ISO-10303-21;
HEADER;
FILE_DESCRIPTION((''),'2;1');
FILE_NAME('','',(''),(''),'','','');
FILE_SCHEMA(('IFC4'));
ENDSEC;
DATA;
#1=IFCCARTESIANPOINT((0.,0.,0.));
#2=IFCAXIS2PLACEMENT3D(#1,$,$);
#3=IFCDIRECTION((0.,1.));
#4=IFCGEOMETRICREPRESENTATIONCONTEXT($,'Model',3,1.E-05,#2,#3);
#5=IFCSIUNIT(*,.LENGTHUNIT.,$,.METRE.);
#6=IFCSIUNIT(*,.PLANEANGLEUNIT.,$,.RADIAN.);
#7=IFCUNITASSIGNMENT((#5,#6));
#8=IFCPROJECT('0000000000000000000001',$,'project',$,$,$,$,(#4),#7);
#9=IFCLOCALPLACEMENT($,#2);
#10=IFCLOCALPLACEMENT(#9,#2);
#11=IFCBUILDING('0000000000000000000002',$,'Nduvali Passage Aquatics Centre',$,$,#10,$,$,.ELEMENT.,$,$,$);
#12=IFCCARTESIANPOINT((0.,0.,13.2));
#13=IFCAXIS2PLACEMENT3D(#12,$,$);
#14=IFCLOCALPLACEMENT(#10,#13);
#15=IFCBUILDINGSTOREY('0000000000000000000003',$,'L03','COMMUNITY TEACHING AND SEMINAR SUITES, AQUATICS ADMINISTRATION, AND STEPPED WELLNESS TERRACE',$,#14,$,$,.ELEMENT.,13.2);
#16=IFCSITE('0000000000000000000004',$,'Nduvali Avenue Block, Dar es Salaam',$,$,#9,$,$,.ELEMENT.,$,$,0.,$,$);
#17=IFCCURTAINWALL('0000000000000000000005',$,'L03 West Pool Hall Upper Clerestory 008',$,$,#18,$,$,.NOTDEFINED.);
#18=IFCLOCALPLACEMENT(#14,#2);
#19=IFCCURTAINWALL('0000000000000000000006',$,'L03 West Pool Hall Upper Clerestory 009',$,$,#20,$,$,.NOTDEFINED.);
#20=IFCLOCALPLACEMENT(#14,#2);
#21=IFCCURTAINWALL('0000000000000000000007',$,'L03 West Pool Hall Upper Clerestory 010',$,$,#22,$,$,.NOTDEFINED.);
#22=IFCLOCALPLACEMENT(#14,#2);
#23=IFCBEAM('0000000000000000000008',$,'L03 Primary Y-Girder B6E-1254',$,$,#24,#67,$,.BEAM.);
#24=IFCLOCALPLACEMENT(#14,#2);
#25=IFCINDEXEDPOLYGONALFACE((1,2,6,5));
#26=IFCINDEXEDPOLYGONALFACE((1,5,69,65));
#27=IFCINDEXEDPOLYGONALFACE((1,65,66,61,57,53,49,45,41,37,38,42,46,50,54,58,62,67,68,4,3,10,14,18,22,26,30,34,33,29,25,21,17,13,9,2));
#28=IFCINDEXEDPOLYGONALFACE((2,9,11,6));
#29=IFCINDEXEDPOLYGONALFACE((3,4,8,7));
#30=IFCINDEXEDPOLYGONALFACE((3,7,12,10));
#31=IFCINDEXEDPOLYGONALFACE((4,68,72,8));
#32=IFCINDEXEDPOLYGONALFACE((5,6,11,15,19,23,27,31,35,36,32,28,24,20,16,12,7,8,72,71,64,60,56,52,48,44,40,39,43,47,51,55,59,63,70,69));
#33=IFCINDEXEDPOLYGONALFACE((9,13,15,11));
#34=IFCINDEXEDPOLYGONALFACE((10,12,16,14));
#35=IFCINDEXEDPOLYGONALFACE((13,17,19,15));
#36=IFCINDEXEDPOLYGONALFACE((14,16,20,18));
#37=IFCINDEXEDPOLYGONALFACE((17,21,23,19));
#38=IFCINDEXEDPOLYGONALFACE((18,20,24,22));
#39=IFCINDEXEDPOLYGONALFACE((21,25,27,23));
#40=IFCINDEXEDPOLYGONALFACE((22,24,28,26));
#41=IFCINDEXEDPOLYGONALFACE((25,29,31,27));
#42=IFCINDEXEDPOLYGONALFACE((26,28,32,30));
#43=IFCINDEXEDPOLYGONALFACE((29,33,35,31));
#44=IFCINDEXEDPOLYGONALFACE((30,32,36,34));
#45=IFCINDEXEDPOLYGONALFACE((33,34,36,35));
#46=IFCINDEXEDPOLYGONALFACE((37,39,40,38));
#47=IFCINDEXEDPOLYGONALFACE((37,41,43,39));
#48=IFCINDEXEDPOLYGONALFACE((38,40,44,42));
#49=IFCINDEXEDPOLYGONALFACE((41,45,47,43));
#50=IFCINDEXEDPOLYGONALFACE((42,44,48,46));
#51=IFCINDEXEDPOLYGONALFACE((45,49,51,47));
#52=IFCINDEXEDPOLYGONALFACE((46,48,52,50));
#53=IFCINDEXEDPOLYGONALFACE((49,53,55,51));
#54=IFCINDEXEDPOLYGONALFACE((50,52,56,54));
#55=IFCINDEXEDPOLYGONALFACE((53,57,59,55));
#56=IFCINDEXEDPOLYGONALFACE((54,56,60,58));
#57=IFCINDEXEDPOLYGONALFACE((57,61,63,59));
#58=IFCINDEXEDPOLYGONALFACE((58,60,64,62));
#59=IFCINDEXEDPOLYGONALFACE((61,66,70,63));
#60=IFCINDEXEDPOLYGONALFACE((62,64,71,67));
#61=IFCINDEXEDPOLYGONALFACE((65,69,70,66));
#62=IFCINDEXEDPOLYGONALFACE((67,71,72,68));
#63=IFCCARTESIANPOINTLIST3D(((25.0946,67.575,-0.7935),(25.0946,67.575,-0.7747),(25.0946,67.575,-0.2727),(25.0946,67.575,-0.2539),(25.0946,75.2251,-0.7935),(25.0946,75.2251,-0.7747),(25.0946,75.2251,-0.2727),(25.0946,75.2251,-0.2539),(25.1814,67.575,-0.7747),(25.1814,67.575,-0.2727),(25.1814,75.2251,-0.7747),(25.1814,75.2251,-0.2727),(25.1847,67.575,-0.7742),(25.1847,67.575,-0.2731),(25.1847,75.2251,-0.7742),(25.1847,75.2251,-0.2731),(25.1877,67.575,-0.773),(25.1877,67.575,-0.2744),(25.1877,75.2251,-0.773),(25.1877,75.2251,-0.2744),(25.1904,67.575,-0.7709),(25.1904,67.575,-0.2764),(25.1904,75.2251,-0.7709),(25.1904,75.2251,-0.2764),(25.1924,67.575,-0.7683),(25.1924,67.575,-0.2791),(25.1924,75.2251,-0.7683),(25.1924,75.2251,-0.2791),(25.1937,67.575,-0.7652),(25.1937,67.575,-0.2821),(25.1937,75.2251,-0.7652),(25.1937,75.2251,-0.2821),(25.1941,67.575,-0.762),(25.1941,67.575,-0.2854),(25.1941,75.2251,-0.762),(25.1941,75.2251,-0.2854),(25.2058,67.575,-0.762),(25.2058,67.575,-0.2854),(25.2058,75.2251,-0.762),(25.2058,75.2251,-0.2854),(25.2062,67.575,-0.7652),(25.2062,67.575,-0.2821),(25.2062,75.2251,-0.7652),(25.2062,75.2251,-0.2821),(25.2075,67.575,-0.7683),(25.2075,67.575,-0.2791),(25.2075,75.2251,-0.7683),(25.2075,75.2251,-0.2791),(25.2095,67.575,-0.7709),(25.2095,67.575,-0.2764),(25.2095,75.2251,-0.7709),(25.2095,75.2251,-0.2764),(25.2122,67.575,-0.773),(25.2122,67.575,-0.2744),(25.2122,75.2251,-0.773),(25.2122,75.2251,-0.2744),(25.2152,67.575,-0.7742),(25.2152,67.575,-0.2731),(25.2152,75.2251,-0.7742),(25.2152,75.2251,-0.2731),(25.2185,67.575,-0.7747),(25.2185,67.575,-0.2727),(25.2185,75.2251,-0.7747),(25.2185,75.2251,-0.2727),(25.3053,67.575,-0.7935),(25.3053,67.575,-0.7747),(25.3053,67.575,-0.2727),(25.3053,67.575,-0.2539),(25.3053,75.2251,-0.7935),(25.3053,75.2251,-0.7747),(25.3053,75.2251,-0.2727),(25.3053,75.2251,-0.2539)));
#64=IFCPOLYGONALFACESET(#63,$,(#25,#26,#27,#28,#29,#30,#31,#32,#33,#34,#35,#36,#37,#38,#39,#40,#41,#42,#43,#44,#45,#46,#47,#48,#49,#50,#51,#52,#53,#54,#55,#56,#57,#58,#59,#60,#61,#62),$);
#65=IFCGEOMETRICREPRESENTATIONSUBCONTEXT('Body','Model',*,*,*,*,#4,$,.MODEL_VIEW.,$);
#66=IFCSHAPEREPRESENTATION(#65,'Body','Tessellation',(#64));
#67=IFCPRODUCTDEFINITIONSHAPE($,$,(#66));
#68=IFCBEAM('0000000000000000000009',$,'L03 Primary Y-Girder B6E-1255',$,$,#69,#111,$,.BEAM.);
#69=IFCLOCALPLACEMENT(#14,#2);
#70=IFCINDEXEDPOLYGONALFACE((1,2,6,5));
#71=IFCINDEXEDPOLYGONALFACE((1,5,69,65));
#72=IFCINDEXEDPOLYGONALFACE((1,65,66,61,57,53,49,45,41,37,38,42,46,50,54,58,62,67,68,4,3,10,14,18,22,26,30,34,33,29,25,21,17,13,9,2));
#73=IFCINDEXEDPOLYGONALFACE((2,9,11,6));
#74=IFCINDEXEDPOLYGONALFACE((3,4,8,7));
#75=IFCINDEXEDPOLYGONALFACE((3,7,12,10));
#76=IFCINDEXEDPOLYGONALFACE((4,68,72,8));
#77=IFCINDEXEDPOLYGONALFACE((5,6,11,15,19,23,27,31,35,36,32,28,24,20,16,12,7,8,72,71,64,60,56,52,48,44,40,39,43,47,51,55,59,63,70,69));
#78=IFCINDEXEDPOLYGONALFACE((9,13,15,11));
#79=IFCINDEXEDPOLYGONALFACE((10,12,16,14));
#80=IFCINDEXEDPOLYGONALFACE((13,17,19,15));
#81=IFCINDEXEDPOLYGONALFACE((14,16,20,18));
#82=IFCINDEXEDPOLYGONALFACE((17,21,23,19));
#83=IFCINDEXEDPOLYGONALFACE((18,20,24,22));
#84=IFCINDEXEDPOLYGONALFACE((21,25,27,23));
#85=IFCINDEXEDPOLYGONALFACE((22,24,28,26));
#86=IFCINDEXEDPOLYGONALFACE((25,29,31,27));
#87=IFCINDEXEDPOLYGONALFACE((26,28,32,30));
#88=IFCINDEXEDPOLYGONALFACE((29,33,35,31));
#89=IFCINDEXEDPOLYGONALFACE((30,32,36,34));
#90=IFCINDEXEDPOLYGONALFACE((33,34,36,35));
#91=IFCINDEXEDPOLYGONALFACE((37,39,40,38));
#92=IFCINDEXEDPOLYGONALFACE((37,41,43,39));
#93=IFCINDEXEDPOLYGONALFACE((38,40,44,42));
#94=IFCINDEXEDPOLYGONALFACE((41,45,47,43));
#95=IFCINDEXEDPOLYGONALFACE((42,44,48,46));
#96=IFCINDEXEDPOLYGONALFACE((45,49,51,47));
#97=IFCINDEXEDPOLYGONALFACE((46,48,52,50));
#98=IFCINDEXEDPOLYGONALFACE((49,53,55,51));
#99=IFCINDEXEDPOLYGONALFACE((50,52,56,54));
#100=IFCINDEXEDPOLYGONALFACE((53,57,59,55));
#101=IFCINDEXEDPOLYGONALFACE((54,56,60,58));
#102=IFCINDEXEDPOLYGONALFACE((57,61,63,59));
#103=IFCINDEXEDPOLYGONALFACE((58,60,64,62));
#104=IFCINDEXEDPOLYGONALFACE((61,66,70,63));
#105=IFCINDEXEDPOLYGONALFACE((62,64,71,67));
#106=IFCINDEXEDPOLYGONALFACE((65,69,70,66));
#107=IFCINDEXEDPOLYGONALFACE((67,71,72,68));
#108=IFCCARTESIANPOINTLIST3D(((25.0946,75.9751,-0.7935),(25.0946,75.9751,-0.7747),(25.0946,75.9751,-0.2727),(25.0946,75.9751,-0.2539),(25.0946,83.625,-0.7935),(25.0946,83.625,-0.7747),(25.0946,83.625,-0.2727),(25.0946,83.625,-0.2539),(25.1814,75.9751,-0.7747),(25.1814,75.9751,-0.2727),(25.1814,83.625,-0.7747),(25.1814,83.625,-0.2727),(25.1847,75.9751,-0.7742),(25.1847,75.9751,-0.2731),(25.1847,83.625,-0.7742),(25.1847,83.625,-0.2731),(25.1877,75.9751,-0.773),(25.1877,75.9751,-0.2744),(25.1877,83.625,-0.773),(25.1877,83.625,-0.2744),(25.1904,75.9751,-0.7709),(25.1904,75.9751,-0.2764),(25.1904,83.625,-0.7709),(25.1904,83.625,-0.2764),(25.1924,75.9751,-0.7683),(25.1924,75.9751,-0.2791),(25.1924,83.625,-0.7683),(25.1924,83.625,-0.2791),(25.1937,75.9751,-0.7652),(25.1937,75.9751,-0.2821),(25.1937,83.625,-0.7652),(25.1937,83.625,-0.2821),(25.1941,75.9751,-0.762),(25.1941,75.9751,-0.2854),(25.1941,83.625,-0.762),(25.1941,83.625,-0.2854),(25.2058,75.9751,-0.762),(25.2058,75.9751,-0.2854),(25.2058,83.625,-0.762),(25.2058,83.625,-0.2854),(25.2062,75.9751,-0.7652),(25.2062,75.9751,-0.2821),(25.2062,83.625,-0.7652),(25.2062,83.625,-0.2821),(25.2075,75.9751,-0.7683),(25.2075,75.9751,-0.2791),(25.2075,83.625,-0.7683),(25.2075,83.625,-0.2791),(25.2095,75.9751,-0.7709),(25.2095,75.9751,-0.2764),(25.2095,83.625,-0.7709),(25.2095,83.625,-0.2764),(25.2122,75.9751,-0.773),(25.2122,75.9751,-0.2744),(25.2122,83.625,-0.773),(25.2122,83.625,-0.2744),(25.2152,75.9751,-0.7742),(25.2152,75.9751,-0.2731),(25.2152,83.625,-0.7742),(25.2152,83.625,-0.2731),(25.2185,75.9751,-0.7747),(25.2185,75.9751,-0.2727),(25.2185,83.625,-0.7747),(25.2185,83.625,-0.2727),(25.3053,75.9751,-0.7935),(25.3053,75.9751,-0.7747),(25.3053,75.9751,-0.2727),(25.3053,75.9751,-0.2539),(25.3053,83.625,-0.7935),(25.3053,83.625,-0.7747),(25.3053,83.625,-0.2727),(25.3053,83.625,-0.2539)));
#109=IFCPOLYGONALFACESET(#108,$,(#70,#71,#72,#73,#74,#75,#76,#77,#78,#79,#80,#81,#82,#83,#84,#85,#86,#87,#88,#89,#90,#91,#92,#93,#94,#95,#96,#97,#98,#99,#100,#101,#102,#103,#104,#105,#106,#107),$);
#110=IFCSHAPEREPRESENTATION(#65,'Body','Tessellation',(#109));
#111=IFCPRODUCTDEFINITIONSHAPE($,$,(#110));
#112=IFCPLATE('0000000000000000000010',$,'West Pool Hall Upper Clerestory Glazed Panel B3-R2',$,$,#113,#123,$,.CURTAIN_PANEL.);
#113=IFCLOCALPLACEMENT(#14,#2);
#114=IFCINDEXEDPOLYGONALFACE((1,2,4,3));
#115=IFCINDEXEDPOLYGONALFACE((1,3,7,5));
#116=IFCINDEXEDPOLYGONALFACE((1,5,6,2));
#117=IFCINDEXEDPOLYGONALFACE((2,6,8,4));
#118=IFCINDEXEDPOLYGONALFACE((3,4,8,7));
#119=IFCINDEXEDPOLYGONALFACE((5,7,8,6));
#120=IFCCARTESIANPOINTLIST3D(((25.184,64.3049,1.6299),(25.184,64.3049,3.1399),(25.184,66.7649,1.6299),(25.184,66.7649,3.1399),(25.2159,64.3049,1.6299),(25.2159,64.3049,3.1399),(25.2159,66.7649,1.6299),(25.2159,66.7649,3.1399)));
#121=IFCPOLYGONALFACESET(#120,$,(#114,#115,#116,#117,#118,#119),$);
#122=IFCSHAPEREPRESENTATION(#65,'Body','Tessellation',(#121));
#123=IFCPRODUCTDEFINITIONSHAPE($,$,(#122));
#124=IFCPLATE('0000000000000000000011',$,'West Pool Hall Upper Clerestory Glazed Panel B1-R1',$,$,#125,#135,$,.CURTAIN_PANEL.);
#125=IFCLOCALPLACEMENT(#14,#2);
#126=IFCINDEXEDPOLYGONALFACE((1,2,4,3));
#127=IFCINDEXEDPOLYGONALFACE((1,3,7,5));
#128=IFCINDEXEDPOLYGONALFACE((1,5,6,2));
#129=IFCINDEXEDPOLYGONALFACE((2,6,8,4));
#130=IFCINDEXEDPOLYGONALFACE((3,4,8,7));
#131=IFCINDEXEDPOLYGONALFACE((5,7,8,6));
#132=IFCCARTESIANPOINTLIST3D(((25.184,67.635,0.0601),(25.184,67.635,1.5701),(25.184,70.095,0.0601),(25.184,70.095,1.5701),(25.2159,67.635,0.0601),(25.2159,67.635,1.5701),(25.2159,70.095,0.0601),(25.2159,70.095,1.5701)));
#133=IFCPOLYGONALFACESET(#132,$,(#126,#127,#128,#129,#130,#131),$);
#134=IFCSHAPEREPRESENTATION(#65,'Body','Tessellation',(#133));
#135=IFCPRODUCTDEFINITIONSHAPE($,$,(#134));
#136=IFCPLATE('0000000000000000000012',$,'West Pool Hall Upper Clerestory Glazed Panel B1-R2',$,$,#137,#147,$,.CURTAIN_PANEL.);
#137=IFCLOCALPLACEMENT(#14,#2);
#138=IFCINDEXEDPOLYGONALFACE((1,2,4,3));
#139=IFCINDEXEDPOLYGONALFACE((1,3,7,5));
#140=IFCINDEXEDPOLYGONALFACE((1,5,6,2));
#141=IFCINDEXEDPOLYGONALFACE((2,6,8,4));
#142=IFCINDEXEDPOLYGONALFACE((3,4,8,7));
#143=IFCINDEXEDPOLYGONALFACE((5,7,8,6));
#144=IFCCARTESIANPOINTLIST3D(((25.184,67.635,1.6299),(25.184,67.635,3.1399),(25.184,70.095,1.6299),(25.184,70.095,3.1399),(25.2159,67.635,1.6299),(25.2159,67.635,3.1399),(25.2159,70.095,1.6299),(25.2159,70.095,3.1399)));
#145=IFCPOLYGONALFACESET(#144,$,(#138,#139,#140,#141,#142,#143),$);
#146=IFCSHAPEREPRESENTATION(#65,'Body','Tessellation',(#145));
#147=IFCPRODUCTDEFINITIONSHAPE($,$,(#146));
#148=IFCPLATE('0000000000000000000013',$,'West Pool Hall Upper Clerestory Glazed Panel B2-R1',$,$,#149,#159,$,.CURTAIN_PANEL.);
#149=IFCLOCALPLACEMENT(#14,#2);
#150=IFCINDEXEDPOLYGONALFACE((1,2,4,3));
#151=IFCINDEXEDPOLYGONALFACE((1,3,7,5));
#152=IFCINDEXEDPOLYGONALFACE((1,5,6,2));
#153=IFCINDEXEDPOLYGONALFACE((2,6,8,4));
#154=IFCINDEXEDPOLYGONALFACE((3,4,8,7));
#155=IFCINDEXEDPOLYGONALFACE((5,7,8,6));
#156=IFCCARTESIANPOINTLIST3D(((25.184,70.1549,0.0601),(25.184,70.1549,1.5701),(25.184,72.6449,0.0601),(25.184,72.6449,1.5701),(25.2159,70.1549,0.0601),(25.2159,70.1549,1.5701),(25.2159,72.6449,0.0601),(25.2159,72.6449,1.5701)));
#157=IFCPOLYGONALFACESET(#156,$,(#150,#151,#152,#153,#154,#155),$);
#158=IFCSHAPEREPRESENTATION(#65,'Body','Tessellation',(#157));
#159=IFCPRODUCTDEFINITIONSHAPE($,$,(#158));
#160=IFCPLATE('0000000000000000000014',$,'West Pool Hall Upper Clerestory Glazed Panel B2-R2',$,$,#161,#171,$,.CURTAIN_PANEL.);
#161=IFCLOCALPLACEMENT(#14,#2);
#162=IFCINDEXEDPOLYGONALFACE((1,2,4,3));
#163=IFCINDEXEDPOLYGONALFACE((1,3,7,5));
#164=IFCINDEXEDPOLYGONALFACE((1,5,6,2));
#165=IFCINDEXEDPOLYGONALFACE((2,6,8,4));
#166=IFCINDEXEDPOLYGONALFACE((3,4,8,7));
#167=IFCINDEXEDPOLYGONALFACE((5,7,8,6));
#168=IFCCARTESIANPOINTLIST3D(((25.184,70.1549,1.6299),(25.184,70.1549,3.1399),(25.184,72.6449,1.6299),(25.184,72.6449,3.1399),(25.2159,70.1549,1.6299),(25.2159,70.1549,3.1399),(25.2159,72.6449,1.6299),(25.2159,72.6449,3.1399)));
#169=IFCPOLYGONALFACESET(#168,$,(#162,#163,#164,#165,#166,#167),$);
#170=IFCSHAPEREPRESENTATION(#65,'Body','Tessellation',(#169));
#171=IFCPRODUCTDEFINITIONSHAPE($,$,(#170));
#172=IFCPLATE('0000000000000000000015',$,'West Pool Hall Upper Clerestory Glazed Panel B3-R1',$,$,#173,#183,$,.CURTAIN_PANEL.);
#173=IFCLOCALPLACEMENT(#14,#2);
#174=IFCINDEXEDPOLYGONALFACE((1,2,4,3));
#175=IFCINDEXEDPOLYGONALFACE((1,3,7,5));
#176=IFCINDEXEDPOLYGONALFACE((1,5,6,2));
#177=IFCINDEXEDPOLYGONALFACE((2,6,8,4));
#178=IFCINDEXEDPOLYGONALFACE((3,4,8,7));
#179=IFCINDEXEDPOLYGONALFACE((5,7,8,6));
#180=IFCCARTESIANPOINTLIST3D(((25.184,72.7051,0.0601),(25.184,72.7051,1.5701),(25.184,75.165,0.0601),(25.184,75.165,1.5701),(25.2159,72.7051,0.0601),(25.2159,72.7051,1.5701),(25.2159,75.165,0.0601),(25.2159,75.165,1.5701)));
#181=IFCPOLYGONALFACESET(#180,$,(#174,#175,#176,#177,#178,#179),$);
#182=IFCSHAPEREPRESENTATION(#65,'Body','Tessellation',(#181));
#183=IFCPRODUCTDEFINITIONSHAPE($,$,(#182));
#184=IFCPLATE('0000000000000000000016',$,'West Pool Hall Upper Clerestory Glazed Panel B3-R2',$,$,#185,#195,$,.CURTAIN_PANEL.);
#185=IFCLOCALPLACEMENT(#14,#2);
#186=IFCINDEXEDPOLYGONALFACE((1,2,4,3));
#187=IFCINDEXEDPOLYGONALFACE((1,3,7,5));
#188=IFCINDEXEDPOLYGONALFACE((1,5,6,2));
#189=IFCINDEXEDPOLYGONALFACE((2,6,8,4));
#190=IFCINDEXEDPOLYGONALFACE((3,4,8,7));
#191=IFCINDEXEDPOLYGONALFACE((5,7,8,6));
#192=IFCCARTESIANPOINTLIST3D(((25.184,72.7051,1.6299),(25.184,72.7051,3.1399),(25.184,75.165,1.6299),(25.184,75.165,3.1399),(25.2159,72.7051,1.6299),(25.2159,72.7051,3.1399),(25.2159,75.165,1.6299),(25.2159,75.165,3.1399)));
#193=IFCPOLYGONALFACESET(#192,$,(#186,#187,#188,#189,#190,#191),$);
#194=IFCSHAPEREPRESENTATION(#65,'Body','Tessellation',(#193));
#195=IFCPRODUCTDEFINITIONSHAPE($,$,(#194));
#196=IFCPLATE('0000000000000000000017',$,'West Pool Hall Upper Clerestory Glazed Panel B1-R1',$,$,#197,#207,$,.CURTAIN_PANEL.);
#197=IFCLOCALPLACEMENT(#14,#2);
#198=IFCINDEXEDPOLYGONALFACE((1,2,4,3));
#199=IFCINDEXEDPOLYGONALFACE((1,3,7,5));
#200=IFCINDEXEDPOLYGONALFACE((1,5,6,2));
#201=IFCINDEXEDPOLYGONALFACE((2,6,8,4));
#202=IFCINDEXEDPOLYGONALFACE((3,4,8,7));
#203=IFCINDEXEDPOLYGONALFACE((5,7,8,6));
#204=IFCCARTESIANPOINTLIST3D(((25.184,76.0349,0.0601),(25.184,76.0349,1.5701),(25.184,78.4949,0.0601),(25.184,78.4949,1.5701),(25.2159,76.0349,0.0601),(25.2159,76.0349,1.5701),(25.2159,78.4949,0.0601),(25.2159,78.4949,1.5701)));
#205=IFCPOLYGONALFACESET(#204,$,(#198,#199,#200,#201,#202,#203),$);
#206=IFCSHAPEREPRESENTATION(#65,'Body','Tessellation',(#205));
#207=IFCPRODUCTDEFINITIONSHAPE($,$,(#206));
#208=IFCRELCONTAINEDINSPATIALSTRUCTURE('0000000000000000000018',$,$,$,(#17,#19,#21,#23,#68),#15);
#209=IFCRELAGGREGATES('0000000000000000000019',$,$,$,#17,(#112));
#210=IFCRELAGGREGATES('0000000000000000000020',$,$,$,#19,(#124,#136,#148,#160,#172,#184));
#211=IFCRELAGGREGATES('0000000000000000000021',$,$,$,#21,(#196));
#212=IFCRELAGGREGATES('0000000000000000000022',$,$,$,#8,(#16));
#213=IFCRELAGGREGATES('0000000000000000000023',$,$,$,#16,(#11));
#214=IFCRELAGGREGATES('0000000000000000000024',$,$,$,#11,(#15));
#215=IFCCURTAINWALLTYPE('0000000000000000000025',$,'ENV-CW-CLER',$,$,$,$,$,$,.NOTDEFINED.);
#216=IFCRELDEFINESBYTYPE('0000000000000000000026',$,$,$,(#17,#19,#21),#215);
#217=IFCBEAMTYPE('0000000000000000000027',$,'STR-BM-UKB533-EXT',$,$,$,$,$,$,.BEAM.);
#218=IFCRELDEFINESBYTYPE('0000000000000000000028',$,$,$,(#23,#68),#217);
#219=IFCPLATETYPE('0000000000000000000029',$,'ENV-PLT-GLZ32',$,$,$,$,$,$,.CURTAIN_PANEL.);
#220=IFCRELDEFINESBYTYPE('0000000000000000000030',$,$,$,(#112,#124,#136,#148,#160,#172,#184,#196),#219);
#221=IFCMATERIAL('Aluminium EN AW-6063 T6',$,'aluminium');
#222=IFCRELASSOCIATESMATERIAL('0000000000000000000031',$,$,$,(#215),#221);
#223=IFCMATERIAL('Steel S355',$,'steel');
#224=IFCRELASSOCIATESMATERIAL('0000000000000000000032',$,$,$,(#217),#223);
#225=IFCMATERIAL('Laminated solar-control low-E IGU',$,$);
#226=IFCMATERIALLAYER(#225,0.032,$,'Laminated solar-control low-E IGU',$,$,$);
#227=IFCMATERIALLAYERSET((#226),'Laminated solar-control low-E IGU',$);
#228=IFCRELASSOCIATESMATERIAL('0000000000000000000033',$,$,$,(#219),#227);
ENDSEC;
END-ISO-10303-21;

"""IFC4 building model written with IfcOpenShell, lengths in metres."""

from ifc_helpers import new_model, si_unit, direction, frame, origin, origin_2d, place, context, subcontext, project, spatial, rectangle, i_section, extrude, material, layer, layer_set, material_profile, profile_set, type_object, element, aggregate, save


model = new_model("IFC4")

# Units and contexts
model_context = context("Model", 3, precision=1e-05, world=origin(), true_north=direction((0.0, 1.0)))
body_context = subcontext(model_context, "Body", "Model", "MODEL_VIEW")
ifc_project = project(units=[si_unit("LENGTHUNIT", "METRE"), si_unit("PLANEANGLEUNIT", "RADIAN")], contexts=[model_context])

# Site, building, storey
site_placement = place(None, origin())
site = spatial("IfcSite", under=ifc_project, at=site_placement, Name="Nduvali Avenue Block, Dar es Salaam", CompositionType="ELEMENT", RefElevation=0.0)
building_placement = place(site_placement, origin())
building = spatial("IfcBuilding", under=site, at=building_placement, Name="Nduvali Passage Aquatics Centre", CompositionType="ELEMENT")
storey_placement = place(building_placement, frame((0.0, 0.0, 13.2)))
storey = spatial("IfcBuildingStorey", under=building, at=storey_placement, Name="L03", Description="COMMUNITY TEACHING AND SEMINAR SUITES, AQUATICS ADMINISTRATION, AND STEPPED WELLNESS TERRACE", CompositionType="ELEMENT", Elevation=13.2)

# Curtain wall
ifc_material_1 = material(Name="Aluminium EN AW-6063 T6", Category="aluminium")
curtain_wall_type = type_object("IfcCurtainWallType", Name="ENV-CW-CLER", PredefinedType="NOTDEFINED", material=ifc_material_1)
curtain_wall_1_placement = place(storey_placement, origin())
curtain_wall_1 = element("IfcCurtainWall", 1, at=curtain_wall_1_placement, inside=storey, type_object=curtain_wall_type, Name="L03 West Pool Hall Upper Clerestory 008", PredefinedType="NOTDEFINED")

# Curtain walls
curtain_wall_2_placement = place(storey_placement, origin())
curtain_wall_2 = element("IfcCurtainWall", 2, at=curtain_wall_2_placement, inside=storey, type_object=curtain_wall_type, Name="L03 West Pool Hall Upper Clerestory 009", PredefinedType="NOTDEFINED")
curtain_wall_3_placement = place(storey_placement, origin())
curtain_wall_3 = element("IfcCurtainWall", 3, at=curtain_wall_3_placement, inside=storey, type_object=curtain_wall_type, Name="L03 West Pool Hall Upper Clerestory 010", PredefinedType="NOTDEFINED")

# Beams
ifc_material_2 = material(Name="Steel S355", Category="steel")
ifc_material_profile_1 = material_profile(ifc_material_2, i_section(OverallWidth=0.2107, OverallDepth=0.5396, WebThickness=0.0117, FlangeThickness=0.0188, FilletRadius=0.0127, at=origin_2d()), Name="UKB 533x210x109")
ifc_profile_set_1 = profile_set([ifc_material_profile_1], Name="Steel S355")
beam_type = type_object("IfcBeamType", Name="STR-BM-UKB533-EXT", PredefinedType="BEAM", material=ifc_profile_set_1)
beam_1_placement = place(storey_placement, frame((25.2, 67.575, -0.5237), z_axis=(0.0, 1.0, 0.0), x_axis=(-1.0, 0.0, 0.0)))
element("IfcBeam", 4, at=beam_1_placement, inside=storey, type_object=beam_type, Name="L03 Primary Y-Girder B6E-1254", PredefinedType="BEAM", context=body_context, shape_type="SweptSolid", body=[
    extrude(i_section(OverallWidth=0.2107, OverallDepth=0.5396, WebThickness=0.0117, FlangeThickness=0.0188, FilletRadius=0.0127, at=origin_2d()), origin(), (0.0, 0.0, 1.0), 7.6501),
])
beam_2_placement = place(storey_placement, frame((25.2, 75.9751, -0.5237), z_axis=(0.0, 1.0, 0.0), x_axis=(-1.0, 0.0, 0.0)))
element("IfcBeam", 5, at=beam_2_placement, inside=storey, type_object=beam_type, Name="L03 Primary Y-Girder B6E-1255", PredefinedType="BEAM", context=body_context, shape_type="SweptSolid", body=[
    extrude(i_section(OverallWidth=0.2107, OverallDepth=0.5396, WebThickness=0.0117, FlangeThickness=0.0188, FilletRadius=0.0127, at=origin_2d()), origin(), (0.0, 0.0, 1.0), 7.6499),
])

# Plates
ifc_material_3 = material(Name="Laminated solar-control low-E IGU")
ifc_layer = layer(ifc_material_3, 0.032, Name="Laminated solar-control low-E IGU")
ifc_layer_set = layer_set([ifc_layer], Name="Laminated solar-control low-E IGU")
plate_type = type_object("IfcPlateType", Name="ENV-PLT-GLZ32", PredefinedType="CURTAIN_PANEL", material=ifc_layer_set)
plate_1_placement = place(storey_placement, frame((25.2, 65.5349, 1.6299), z_axis=(0.0, 0.0, 1.0), x_axis=(0.0, 1.0, 0.0)))
plate_1 = element("IfcPlate", 6, at=plate_1_placement, type_object=plate_type, Name="West Pool Hall Upper Clerestory Glazed Panel B3-R2", PredefinedType="CURTAIN_PANEL", context=body_context, shape_type="SweptSolid", body=[
    extrude(rectangle(XDim=2.46, YDim=0.032, at=origin_2d()), origin(), (0.0, 0.0, 1.0), 1.51),
])
aggregate(curtain_wall_1, [plate_1])
plate_2_placement = place(storey_placement, frame((25.2, 68.865, 0.0601), z_axis=(0.0, 0.0, 1.0), x_axis=(0.0, 1.0, 0.0)))
plate_2 = element("IfcPlate", 7, at=plate_2_placement, type_object=plate_type, Name="West Pool Hall Upper Clerestory Glazed Panel B1-R1", PredefinedType="CURTAIN_PANEL", context=body_context, shape_type="SweptSolid", body=[
    extrude(rectangle(XDim=2.46, YDim=0.032, at=origin_2d()), origin(), (0.0, 0.0, 1.0), 1.51),
])
plate_3_placement = place(storey_placement, frame((25.2, 68.865, 1.6299), z_axis=(0.0, 0.0, 1.0), x_axis=(0.0, 1.0, 0.0)))
plate_3 = element("IfcPlate", 8, at=plate_3_placement, type_object=plate_type, Name="West Pool Hall Upper Clerestory Glazed Panel B1-R2", PredefinedType="CURTAIN_PANEL", context=body_context, shape_type="SweptSolid", body=[
    extrude(rectangle(XDim=2.46, YDim=0.032, at=origin_2d()), origin(), (0.0, 0.0, 1.0), 1.51),
])
plate_4_placement = place(storey_placement, frame((25.2, 71.3999, 0.0601), z_axis=(0.0, 0.0, 1.0), x_axis=(0.0, 1.0, 0.0)))
plate_4 = element("IfcPlate", 9, at=plate_4_placement, type_object=plate_type, Name="West Pool Hall Upper Clerestory Glazed Panel B2-R1", PredefinedType="CURTAIN_PANEL", context=body_context, shape_type="SweptSolid", body=[
    extrude(rectangle(XDim=2.49, YDim=0.032, at=origin_2d()), origin(), (0.0, 0.0, 1.0), 1.51),
])
plate_5_placement = place(storey_placement, frame((25.2, 71.3999, 1.6299), z_axis=(0.0, 0.0, 1.0), x_axis=(0.0, 1.0, 0.0)))
plate_5 = element("IfcPlate", 10, at=plate_5_placement, type_object=plate_type, Name="West Pool Hall Upper Clerestory Glazed Panel B2-R2", PredefinedType="CURTAIN_PANEL", context=body_context, shape_type="SweptSolid", body=[
    extrude(rectangle(XDim=2.49, YDim=0.032, at=origin_2d()), origin(), (0.0, 0.0, 1.0), 1.51),
])
plate_6_placement = place(storey_placement, frame((25.2, 73.9351, 0.0601), z_axis=(0.0, 0.0, 1.0), x_axis=(0.0, 1.0, 0.0)))
plate_6 = element("IfcPlate", 11, at=plate_6_placement, type_object=plate_type, Name="West Pool Hall Upper Clerestory Glazed Panel B3-R1", PredefinedType="CURTAIN_PANEL", context=body_context, shape_type="SweptSolid", body=[
    extrude(rectangle(XDim=2.46, YDim=0.032, at=origin_2d()), origin(), (0.0, 0.0, 1.0), 1.51),
])
plate_7_placement = place(storey_placement, frame((25.2, 73.9351, 1.6299), z_axis=(0.0, 0.0, 1.0), x_axis=(0.0, 1.0, 0.0)))
plate_7 = element("IfcPlate", 12, at=plate_7_placement, type_object=plate_type, Name="West Pool Hall Upper Clerestory Glazed Panel B3-R2", PredefinedType="CURTAIN_PANEL", context=body_context, shape_type="SweptSolid", body=[
    extrude(rectangle(XDim=2.46, YDim=0.032, at=origin_2d()), origin(), (0.0, 0.0, 1.0), 1.51),
])
aggregate(curtain_wall_2, [plate_2, plate_3, plate_4, plate_5, plate_6, plate_7])
plate_8_placement = place(storey_placement, frame((25.2, 77.2649, 0.0601), z_axis=(0.0, 0.0, 1.0), x_axis=(0.0, 1.0, 0.0)))
plate_8 = element("IfcPlate", 13, at=plate_8_placement, type_object=plate_type, Name="West Pool Hall Upper Clerestory Glazed Panel B1-R1", PredefinedType="CURTAIN_PANEL", context=body_context, shape_type="SweptSolid", body=[
    extrude(rectangle(XDim=2.46, YDim=0.032, at=origin_2d()), origin(), (0.0, 0.0, 1.0), 1.51),
])
aggregate(curtain_wall_3, [plate_8])

save(model, "model.ifc")
